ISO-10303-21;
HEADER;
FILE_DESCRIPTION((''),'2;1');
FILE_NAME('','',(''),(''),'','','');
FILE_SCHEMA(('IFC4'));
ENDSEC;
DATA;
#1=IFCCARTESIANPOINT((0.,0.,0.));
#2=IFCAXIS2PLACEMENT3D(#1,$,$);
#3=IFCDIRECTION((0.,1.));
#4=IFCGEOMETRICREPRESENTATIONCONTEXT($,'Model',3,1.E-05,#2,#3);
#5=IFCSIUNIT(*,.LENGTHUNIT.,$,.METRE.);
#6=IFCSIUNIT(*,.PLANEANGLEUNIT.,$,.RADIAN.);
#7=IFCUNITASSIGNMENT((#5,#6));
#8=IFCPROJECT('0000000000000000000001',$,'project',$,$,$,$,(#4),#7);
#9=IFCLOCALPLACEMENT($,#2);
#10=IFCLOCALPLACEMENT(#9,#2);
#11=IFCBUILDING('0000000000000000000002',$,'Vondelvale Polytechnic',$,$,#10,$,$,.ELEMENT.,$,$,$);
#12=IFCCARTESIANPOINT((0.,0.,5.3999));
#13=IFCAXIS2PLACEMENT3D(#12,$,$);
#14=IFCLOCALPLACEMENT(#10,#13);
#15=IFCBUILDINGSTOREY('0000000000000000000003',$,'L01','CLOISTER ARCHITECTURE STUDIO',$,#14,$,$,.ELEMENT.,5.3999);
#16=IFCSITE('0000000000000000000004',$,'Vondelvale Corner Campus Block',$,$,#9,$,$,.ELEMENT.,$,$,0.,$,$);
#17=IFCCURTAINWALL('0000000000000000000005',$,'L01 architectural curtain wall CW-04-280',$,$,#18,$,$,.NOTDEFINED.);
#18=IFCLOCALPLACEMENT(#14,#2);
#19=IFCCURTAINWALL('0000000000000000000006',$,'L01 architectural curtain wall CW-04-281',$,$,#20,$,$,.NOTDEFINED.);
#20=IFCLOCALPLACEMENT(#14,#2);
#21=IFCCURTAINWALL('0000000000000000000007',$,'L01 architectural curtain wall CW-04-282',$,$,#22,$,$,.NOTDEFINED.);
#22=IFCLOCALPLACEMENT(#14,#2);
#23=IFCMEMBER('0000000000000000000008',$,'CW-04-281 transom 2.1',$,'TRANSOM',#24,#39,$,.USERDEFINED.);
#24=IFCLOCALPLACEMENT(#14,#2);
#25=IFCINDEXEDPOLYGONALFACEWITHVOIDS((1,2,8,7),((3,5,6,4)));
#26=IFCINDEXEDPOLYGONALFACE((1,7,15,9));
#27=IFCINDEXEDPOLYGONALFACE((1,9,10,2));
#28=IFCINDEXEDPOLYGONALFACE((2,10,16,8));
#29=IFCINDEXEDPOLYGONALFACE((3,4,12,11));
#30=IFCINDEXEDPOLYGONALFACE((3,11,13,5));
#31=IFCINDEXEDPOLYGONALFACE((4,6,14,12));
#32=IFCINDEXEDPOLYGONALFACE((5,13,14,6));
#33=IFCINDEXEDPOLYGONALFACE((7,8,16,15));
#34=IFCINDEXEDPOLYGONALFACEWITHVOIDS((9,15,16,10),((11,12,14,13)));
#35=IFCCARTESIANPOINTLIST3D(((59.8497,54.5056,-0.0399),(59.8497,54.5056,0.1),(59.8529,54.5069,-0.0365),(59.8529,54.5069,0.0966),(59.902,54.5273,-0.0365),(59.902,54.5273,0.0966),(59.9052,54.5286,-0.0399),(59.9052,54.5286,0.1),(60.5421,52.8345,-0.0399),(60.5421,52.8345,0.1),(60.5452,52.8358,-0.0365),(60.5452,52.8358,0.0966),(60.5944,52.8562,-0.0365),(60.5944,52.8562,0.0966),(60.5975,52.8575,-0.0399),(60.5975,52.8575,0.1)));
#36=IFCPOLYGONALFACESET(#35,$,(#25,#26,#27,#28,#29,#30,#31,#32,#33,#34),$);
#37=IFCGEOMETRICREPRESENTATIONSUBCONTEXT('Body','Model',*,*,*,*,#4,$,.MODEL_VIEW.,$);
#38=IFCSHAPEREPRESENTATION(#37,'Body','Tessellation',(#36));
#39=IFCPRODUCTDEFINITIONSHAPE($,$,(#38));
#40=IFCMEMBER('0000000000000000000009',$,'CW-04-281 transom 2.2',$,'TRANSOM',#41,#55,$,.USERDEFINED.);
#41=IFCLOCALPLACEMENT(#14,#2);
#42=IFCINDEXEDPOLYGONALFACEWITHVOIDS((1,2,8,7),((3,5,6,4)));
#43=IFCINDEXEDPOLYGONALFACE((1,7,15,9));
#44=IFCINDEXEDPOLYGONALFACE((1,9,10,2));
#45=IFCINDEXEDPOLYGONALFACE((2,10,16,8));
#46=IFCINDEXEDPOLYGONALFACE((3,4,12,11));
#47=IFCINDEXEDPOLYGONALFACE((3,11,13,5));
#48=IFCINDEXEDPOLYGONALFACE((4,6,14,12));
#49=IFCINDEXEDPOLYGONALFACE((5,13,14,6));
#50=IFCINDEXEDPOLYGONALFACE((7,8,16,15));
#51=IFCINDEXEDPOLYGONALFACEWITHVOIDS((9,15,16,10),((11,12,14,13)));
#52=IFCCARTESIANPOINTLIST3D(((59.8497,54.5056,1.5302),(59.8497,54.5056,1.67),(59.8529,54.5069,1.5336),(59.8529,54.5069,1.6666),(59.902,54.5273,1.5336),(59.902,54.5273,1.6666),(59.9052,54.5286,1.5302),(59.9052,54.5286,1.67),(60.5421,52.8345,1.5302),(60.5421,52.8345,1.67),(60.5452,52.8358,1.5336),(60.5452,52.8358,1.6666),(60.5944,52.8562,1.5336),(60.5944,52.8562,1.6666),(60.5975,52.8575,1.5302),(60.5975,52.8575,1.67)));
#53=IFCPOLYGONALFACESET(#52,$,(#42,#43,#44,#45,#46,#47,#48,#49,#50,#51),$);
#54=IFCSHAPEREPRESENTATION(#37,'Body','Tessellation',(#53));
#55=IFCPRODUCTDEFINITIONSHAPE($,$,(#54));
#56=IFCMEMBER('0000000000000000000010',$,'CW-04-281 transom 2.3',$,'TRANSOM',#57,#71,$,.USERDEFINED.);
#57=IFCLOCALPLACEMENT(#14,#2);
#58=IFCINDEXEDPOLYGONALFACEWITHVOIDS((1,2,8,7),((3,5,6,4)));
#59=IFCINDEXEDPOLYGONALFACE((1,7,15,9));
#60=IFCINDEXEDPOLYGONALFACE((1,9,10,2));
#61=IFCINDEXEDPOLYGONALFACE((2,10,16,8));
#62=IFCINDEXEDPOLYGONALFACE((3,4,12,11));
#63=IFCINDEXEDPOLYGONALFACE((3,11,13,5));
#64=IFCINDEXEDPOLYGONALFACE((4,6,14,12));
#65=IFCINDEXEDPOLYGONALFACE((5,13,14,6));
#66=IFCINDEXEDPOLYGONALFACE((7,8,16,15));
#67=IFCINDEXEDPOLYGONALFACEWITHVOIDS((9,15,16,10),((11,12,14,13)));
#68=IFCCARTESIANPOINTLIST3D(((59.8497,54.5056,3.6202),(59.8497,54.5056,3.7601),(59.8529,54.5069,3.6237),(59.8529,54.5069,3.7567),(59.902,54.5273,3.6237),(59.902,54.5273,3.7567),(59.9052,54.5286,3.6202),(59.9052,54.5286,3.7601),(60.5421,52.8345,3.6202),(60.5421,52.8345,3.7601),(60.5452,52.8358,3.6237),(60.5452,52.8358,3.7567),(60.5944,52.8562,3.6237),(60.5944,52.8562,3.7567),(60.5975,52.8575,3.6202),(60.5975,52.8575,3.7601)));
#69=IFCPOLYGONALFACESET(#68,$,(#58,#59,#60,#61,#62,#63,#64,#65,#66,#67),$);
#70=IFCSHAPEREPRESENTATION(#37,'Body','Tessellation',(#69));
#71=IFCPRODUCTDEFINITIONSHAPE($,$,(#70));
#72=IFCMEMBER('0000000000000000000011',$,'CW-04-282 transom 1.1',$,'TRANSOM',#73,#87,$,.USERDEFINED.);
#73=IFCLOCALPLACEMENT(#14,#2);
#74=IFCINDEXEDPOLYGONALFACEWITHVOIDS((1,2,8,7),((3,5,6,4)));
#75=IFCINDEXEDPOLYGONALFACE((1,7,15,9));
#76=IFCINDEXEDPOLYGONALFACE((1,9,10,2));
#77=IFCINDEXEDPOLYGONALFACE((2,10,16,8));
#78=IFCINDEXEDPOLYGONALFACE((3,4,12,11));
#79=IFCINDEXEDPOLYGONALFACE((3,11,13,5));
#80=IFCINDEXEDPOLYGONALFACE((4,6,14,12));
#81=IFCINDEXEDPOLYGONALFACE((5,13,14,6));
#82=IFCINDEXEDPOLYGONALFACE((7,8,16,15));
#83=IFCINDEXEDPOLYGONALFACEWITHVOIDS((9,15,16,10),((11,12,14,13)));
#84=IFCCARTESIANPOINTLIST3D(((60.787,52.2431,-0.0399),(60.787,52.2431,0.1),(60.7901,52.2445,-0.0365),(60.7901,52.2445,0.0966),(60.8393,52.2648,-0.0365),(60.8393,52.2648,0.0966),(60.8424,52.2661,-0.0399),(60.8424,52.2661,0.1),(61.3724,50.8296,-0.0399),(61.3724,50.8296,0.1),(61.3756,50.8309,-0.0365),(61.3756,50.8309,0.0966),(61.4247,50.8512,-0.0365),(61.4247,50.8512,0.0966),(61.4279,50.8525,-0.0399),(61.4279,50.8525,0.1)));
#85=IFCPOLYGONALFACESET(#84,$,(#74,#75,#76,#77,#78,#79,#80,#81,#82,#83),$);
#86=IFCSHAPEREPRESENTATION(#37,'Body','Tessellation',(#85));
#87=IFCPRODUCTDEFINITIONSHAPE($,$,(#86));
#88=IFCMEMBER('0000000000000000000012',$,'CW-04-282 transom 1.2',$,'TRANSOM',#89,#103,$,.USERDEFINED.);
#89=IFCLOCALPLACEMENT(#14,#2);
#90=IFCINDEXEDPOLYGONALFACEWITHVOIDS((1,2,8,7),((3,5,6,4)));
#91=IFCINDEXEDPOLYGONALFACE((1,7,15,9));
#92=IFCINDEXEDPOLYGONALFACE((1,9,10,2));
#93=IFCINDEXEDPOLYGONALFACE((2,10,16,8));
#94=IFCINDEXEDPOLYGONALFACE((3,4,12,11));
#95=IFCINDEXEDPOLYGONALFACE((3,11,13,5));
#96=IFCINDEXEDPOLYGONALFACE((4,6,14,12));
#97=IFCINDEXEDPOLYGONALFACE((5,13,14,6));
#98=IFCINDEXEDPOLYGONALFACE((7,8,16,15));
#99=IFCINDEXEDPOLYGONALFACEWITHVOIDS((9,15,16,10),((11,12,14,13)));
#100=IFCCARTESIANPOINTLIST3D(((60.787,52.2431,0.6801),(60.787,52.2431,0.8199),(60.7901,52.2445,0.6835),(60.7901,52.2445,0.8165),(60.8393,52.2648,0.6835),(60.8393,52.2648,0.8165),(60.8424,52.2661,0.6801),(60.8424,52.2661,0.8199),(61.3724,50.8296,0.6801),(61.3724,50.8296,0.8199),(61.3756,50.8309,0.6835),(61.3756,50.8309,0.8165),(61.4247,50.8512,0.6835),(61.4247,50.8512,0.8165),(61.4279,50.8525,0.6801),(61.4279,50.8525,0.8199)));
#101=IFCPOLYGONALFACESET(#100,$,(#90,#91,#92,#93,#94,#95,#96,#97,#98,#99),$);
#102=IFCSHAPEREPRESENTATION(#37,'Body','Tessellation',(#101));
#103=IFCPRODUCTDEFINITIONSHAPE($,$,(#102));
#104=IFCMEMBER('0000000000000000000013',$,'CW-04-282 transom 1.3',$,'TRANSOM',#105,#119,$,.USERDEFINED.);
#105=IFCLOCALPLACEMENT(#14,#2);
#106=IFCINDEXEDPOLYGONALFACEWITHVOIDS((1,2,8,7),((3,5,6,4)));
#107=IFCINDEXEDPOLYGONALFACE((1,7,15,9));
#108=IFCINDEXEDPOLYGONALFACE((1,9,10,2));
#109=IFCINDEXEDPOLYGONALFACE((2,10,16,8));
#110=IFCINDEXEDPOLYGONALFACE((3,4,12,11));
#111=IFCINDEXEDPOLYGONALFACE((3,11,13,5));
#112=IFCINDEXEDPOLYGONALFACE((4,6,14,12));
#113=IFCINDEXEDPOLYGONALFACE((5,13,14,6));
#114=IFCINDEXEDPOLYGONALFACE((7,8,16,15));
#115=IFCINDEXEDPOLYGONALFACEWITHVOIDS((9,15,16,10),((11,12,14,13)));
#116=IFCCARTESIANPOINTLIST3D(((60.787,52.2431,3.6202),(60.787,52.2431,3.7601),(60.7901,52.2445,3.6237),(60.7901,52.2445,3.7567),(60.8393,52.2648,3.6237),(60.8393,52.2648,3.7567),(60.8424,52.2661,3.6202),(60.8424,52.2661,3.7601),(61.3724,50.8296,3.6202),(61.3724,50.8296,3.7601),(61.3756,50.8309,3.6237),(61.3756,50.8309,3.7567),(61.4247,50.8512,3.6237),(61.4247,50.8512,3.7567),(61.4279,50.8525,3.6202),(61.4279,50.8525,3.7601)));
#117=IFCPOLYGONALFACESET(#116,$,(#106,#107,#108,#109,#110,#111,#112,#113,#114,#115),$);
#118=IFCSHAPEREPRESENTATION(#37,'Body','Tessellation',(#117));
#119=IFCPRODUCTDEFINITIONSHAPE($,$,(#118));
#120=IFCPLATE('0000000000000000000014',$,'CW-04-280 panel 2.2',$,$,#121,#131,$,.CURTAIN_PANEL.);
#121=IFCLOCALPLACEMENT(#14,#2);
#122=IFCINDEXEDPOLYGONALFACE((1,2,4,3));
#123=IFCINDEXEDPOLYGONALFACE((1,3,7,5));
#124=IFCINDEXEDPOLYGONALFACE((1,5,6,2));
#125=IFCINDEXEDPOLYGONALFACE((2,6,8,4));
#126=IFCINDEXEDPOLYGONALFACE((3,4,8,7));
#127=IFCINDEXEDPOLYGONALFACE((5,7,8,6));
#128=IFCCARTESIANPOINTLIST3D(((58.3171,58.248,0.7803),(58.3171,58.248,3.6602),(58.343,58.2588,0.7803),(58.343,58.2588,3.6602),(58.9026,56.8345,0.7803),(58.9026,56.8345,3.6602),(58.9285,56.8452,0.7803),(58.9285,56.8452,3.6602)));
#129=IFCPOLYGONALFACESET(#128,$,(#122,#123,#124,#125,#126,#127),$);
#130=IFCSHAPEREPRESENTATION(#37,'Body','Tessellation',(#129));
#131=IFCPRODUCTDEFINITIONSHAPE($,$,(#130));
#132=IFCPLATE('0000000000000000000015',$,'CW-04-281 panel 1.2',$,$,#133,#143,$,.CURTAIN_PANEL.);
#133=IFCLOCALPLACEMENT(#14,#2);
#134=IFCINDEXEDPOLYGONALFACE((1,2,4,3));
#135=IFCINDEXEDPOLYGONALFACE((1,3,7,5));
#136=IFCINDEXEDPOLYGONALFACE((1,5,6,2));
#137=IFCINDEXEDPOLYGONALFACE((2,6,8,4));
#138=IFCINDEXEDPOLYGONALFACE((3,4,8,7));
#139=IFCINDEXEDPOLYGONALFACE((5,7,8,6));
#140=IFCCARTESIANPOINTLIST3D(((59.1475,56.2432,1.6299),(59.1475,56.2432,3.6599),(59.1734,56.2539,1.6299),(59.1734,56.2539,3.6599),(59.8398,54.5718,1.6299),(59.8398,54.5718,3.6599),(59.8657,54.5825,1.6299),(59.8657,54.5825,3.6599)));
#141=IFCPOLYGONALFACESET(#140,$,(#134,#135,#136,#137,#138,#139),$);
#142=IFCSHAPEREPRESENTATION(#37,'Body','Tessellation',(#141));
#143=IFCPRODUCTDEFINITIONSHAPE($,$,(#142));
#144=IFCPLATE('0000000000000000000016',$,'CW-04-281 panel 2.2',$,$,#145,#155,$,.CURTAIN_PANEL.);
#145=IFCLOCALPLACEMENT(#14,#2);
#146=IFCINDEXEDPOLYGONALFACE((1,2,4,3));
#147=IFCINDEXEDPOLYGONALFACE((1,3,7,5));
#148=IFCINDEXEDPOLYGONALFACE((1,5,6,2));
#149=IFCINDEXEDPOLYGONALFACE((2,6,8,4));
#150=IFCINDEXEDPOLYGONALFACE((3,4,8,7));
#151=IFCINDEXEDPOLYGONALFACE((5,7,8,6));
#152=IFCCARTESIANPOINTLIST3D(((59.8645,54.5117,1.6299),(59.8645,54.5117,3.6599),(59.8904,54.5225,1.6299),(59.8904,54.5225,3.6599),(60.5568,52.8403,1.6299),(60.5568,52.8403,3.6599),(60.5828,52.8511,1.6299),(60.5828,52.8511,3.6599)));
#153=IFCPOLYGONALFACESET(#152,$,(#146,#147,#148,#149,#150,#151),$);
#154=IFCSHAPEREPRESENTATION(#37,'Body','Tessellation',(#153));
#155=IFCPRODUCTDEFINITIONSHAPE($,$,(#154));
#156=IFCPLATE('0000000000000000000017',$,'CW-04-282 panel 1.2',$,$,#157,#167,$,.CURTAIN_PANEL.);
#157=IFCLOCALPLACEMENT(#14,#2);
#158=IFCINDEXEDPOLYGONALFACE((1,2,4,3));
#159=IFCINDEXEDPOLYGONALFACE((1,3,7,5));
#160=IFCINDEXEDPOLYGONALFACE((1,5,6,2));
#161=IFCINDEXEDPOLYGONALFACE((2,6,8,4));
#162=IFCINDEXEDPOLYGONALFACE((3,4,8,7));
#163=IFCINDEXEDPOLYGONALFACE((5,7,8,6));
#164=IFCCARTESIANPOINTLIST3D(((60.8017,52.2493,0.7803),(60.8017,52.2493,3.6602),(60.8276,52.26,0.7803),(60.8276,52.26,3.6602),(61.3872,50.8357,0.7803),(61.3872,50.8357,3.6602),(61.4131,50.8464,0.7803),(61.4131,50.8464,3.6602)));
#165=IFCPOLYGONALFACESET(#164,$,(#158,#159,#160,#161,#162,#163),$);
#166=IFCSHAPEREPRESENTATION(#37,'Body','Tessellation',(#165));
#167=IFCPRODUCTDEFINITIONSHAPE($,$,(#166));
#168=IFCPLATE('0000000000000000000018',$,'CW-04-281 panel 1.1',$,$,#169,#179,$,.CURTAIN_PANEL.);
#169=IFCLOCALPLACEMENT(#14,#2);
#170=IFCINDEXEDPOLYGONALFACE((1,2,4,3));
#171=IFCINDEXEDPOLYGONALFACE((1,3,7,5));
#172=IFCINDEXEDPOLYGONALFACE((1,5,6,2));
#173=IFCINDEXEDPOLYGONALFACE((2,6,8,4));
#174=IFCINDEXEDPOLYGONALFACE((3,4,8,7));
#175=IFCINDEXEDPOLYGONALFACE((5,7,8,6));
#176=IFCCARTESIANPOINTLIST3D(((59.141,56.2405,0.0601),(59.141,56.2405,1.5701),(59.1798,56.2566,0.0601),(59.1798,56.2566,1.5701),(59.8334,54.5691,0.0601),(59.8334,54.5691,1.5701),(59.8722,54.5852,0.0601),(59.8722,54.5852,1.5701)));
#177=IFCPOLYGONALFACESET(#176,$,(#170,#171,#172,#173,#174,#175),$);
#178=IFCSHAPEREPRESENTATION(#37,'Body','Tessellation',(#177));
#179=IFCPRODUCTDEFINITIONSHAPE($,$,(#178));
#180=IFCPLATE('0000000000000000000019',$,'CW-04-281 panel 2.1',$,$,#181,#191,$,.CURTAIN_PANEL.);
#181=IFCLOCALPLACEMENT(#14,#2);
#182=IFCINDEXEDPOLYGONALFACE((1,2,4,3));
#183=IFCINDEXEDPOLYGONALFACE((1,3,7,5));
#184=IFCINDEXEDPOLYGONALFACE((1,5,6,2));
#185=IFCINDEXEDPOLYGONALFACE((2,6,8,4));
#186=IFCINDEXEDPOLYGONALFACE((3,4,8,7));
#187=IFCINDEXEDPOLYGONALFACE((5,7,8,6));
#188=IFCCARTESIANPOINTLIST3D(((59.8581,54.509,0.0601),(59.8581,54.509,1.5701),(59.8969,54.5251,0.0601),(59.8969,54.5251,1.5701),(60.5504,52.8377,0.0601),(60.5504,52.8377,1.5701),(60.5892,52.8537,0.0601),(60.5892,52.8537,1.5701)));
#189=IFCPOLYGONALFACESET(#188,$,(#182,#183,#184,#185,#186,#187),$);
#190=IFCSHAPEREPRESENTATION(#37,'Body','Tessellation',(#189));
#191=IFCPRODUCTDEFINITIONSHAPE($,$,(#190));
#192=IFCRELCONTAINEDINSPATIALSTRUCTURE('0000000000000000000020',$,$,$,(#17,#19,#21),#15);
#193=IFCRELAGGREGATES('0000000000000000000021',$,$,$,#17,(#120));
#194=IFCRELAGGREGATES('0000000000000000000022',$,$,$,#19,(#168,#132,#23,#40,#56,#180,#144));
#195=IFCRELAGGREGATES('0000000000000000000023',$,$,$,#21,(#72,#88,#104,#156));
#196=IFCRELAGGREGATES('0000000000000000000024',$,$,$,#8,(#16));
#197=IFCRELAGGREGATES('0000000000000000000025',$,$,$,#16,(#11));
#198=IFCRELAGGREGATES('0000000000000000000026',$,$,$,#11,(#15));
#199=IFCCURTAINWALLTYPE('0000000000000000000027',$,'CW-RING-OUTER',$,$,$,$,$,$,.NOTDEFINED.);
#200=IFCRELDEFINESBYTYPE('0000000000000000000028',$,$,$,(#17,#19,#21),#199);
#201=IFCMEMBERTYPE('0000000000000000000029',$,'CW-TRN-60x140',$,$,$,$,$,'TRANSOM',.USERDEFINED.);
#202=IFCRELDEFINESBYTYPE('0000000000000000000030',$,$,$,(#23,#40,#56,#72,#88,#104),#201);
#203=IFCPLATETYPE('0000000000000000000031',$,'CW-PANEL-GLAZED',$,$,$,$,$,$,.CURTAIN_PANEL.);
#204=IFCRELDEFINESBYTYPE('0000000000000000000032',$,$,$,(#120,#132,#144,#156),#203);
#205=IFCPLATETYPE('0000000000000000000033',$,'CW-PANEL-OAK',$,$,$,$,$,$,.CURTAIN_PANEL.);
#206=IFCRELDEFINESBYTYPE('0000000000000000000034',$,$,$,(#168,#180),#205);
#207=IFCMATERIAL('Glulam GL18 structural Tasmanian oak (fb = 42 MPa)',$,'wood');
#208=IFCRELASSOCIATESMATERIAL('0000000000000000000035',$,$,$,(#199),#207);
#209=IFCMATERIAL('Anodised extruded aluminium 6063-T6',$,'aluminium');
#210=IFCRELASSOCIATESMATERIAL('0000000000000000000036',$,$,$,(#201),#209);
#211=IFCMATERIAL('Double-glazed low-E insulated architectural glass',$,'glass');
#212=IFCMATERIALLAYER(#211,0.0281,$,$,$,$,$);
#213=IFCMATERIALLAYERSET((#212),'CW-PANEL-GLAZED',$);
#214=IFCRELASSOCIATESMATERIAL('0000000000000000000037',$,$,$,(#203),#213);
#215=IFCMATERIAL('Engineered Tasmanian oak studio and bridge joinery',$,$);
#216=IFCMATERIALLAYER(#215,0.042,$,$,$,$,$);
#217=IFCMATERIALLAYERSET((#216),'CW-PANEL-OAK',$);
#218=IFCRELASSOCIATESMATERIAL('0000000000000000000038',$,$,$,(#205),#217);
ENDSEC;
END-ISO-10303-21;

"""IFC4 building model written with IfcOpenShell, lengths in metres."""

from ifc_helpers import new_model, si_unit, direction, frame, origin, origin_2d, place, context, subcontext, project, spatial, rectangle, hollow_rectangle, extrude, material, layer, layer_set, material_profile, profile_set, type_object, element, aggregate, save


model = new_model("IFC4")

# Units and contexts
model_context = context("Model", 3, precision=1e-05, world=origin(), true_north=direction((0.0, 1.0)))
body_context = subcontext(model_context, "Body", "Model", "MODEL_VIEW")
ifc_project = project(units=[si_unit("LENGTHUNIT", "METRE"), si_unit("PLANEANGLEUNIT", "RADIAN")], contexts=[model_context])

# Site, building, storey
site_placement = place(None, origin())
site = spatial("IfcSite", under=ifc_project, at=site_placement, Name="Vondelvale Corner Campus Block", CompositionType="ELEMENT", RefElevation=0.0)
building_placement = place(site_placement, origin())
building = spatial("IfcBuilding", under=site, at=building_placement, Name="Vondelvale Polytechnic", CompositionType="ELEMENT")
storey_placement = place(building_placement, frame((0.0, 0.0, 5.3999)))
storey = spatial("IfcBuildingStorey", under=building, at=storey_placement, Name="L01", Description="CLOISTER ARCHITECTURE STUDIO", CompositionType="ELEMENT", Elevation=5.3999)

# Shared definitions
ifc_material_1 = material(Name="Glulam GL18 structural Tasmanian oak (fb = 42 MPa)", Category="wood")

# Curtain wall
curtain_wall_type = type_object("IfcCurtainWallType", Name="CW-RING-OUTER", PredefinedType="NOTDEFINED", material=ifc_material_1)
curtain_wall_1_placement = place(storey_placement, origin())
curtain_wall_1 = element("IfcCurtainWall", 1, at=curtain_wall_1_placement, inside=storey, type_object=curtain_wall_type, Name="L01 architectural curtain wall CW-04-280", PredefinedType="NOTDEFINED")
ifc_material_2 = material(Name="Anodised extruded aluminium 6063-T6", Category="aluminium")

# Curtain walls
curtain_wall_2_placement = place(storey_placement, origin())
curtain_wall_2 = element("IfcCurtainWall", 2, at=curtain_wall_2_placement, inside=storey, type_object=curtain_wall_type, Name="L01 architectural curtain wall CW-04-281", PredefinedType="NOTDEFINED")
curtain_wall_3_placement = place(storey_placement, origin())
curtain_wall_3 = element("IfcCurtainWall", 3, at=curtain_wall_3_placement, inside=storey, type_object=curtain_wall_type, Name="L01 architectural curtain wall CW-04-282", PredefinedType="NOTDEFINED")

# Members
ifc_material_profile_1 = material_profile(ifc_material_2, hollow_rectangle(XDim=0.0601, YDim=0.1399, WallThickness=0.0034, at=origin_2d()), Name="CW-TRN-140x60")
ifc_profile_set_1 = profile_set([ifc_material_profile_1], Name="Anodised extruded aluminium 6063-T6")
member_type_1 = type_object("IfcMemberType", Name="CW-TRN-60x140", ElementType="TRANSOM", PredefinedType="USERDEFINED", material=ifc_profile_set_1)
member_1_placement = place(storey_placement, frame((59.8774, 54.5171, 0.03), z_axis=(0.382765, -0.923846, 0.0), x_axis=(0.923846, 0.382765, 0.0)))
member_1 = element("IfcMember", 4, at=member_1_placement, type_object=member_type_1, Name="CW-04-281 transom 2.1", ObjectType="TRANSOM", PredefinedType="USERDEFINED", context=body_context, shape_type="SweptSolid", body=[
    extrude(hollow_rectangle(XDim=0.0601, YDim=0.1399, WallThickness=0.0034, at=origin_2d()), origin(), (0.0, 0.0, 1.0), 1.8088),
])
member_2_placement = place(storey_placement, frame((59.8774, 54.5171, 1.6001), z_axis=(0.382765, -0.923846, 0.0), x_axis=(0.923846, 0.382765, 0.0)))
member_2 = element("IfcMember", 5, at=member_2_placement, type_object=member_type_1, Name="CW-04-281 transom 2.2", ObjectType="TRANSOM", PredefinedType="USERDEFINED", context=body_context, shape_type="SweptSolid", body=[
    extrude(hollow_rectangle(XDim=0.0601, YDim=0.1399, WallThickness=0.0034, at=origin_2d()), origin(), (0.0, 0.0, 1.0), 1.8088),
])
member_3_placement = place(storey_placement, frame((59.8774, 54.5171, 3.6902), z_axis=(0.382765, -0.923846, 0.0), x_axis=(0.923846, 0.382765, 0.0)))
member_3 = element("IfcMember", 6, at=member_3_placement, type_object=member_type_1, Name="CW-04-281 transom 2.3", ObjectType="TRANSOM", PredefinedType="USERDEFINED", context=body_context, shape_type="SweptSolid", body=[
    extrude(hollow_rectangle(XDim=0.0601, YDim=0.1399, WallThickness=0.0034, at=origin_2d()), origin(), (0.0, 0.0, 1.0), 1.8088),
])
member_4_placement = place(storey_placement, frame((60.8147, 52.2546, 0.03), z_axis=(0.382643, -0.923896, 0.0), x_axis=(0.923896, 0.382643, 0.0)))
member_4 = element("IfcMember", 7, at=member_4_placement, type_object=member_type_1, Name="CW-04-282 transom 1.1", ObjectType="TRANSOM", PredefinedType="USERDEFINED", context=body_context, shape_type="SweptSolid", body=[
    extrude(hollow_rectangle(XDim=0.0601, YDim=0.1399, WallThickness=0.0034, at=origin_2d()), origin(), (0.0, 0.0, 1.0), 1.53),
])
member_5_placement = place(storey_placement, frame((60.8147, 52.2546, 0.75), z_axis=(0.382643, -0.923896, 0.0), x_axis=(0.923896, 0.382643, 0.0)))
member_5 = element("IfcMember", 8, at=member_5_placement, type_object=member_type_1, Name="CW-04-282 transom 1.2", ObjectType="TRANSOM", PredefinedType="USERDEFINED", context=body_context, shape_type="SweptSolid", body=[
    extrude(hollow_rectangle(XDim=0.0601, YDim=0.1399, WallThickness=0.0034, at=origin_2d()), origin(), (0.0, 0.0, 1.0), 1.53),
])
member_6_placement = place(storey_placement, frame((60.8147, 52.2546, 3.6902), z_axis=(0.382643, -0.923896, 0.0), x_axis=(0.923896, 0.382643, 0.0)))
member_6 = element("IfcMember", 9, at=member_6_placement, type_object=member_type_1, Name="CW-04-282 transom 1.3", ObjectType="TRANSOM", PredefinedType="USERDEFINED", context=body_context, shape_type="SweptSolid", body=[
    extrude(hollow_rectangle(XDim=0.0601, YDim=0.1399, WallThickness=0.0034, at=origin_2d()), origin(), (0.0, 0.0, 1.0), 1.53),
])

# Plates
ifc_material_3 = material(Name="Double-glazed low-E insulated architectural glass", Category="glass")
ifc_layer_1 = layer(ifc_material_3, 0.0281)
ifc_layer_set_1 = layer_set([ifc_layer_1], Name="CW-PANEL-GLAZED")
plate_type_1 = type_object("IfcPlateType", Name="CW-PANEL-GLAZED", PredefinedType="CURTAIN_PANEL", material=ifc_layer_set_1)
plate_1_placement = place(storey_placement, frame((58.6228, 57.5466, 0.7803), z_axis=(0.0, 0.0, 1.0), x_axis=(0.382677, -0.923882, 0.0)))
plate_1 = element("IfcPlate", 10, at=plate_1_placement, type_object=plate_type_1, Name="CW-04-280 panel 2.2", PredefinedType="CURTAIN_PANEL", context=body_context, shape_type="SweptSolid", body=[
    extrude(rectangle(XDim=1.53, YDim=0.0281, at=origin_2d()), origin(), (0.0, 0.0, 1.0), 2.8799),
])
aggregate(curtain_wall_1, [plate_1])
plate_2_placement = place(storey_placement, frame((59.5066, 55.4128, 1.6299), z_axis=(0.0, 0.0, 1.0), x_axis=(0.382695, -0.923875, 0.0)))
plate_2 = element("IfcPlate", 11, at=plate_2_placement, type_object=plate_type_1, Name="CW-04-281 panel 1.2", PredefinedType="CURTAIN_PANEL", context=body_context, shape_type="SweptSolid", body=[
    extrude(rectangle(XDim=1.8091, YDim=0.0281, at=origin_2d()), origin(), (0.0, 0.0, 1.0), 2.03),
])
plate_3_placement = place(storey_placement, frame((60.2236, 53.6814, 1.6299), z_axis=(0.0, 0.0, 1.0), x_axis=(0.382695, -0.923875, 0.0)))
plate_3 = element("IfcPlate", 12, at=plate_3_placement, type_object=plate_type_1, Name="CW-04-281 panel 2.2", PredefinedType="CURTAIN_PANEL", context=body_context, shape_type="SweptSolid", body=[
    extrude(rectangle(XDim=1.8091, YDim=0.0281, at=origin_2d()), origin(), (0.0, 0.0, 1.0), 2.03),
])
plate_4_placement = place(storey_placement, frame((61.1074, 51.5479, 0.7803), z_axis=(0.0, 0.0, 1.0), x_axis=(0.382677, -0.923882, 0.0)))
plate_4 = element("IfcPlate", 13, at=plate_4_placement, type_object=plate_type_1, Name="CW-04-282 panel 1.2", PredefinedType="CURTAIN_PANEL", context=body_context, shape_type="SweptSolid", body=[
    extrude(rectangle(XDim=1.53, YDim=0.0281, at=origin_2d()), origin(), (0.0, 0.0, 1.0), 2.8799),
])
ifc_material_4 = material(Name="Engineered Tasmanian oak studio and bridge joinery")
ifc_layer_2 = layer(ifc_material_4, 0.042)
ifc_layer_set_2 = layer_set([ifc_layer_2], Name="CW-PANEL-OAK")
plate_type_2 = type_object("IfcPlateType", Name="CW-PANEL-OAK", PredefinedType="CURTAIN_PANEL", material=ifc_layer_set_2)
plate_5_placement = place(storey_placement, frame((59.5066, 55.4128, 0.0601), z_axis=(0.0, 0.0, 1.0), x_axis=(0.382695, -0.923875, 0.0)))
plate_5 = element("IfcPlate", 14, at=plate_5_placement, type_object=plate_type_2, Name="CW-04-281 panel 1.1", PredefinedType="CURTAIN_PANEL", context=body_context, shape_type="SweptSolid", body=[
    extrude(rectangle(XDim=1.8091, YDim=0.042, at=origin_2d()), origin(), (0.0, 0.0, 1.0), 1.51),
])
plate_6_placement = place(storey_placement, frame((60.2236, 53.6814, 0.0601), z_axis=(0.0, 0.0, 1.0), x_axis=(0.382695, -0.923875, 0.0)))
plate_6 = element("IfcPlate", 15, at=plate_6_placement, type_object=plate_type_2, Name="CW-04-281 panel 2.1", PredefinedType="CURTAIN_PANEL", context=body_context, shape_type="SweptSolid", body=[
    extrude(rectangle(XDim=1.8091, YDim=0.042, at=origin_2d()), origin(), (0.0, 0.0, 1.0), 1.51),
])
aggregate(curtain_wall_2, [plate_5, plate_2, member_1, member_2, member_3, plate_6, plate_3])
aggregate(curtain_wall_3, [member_4, member_5, member_6, plate_4])

save(model, "model.ifc")
